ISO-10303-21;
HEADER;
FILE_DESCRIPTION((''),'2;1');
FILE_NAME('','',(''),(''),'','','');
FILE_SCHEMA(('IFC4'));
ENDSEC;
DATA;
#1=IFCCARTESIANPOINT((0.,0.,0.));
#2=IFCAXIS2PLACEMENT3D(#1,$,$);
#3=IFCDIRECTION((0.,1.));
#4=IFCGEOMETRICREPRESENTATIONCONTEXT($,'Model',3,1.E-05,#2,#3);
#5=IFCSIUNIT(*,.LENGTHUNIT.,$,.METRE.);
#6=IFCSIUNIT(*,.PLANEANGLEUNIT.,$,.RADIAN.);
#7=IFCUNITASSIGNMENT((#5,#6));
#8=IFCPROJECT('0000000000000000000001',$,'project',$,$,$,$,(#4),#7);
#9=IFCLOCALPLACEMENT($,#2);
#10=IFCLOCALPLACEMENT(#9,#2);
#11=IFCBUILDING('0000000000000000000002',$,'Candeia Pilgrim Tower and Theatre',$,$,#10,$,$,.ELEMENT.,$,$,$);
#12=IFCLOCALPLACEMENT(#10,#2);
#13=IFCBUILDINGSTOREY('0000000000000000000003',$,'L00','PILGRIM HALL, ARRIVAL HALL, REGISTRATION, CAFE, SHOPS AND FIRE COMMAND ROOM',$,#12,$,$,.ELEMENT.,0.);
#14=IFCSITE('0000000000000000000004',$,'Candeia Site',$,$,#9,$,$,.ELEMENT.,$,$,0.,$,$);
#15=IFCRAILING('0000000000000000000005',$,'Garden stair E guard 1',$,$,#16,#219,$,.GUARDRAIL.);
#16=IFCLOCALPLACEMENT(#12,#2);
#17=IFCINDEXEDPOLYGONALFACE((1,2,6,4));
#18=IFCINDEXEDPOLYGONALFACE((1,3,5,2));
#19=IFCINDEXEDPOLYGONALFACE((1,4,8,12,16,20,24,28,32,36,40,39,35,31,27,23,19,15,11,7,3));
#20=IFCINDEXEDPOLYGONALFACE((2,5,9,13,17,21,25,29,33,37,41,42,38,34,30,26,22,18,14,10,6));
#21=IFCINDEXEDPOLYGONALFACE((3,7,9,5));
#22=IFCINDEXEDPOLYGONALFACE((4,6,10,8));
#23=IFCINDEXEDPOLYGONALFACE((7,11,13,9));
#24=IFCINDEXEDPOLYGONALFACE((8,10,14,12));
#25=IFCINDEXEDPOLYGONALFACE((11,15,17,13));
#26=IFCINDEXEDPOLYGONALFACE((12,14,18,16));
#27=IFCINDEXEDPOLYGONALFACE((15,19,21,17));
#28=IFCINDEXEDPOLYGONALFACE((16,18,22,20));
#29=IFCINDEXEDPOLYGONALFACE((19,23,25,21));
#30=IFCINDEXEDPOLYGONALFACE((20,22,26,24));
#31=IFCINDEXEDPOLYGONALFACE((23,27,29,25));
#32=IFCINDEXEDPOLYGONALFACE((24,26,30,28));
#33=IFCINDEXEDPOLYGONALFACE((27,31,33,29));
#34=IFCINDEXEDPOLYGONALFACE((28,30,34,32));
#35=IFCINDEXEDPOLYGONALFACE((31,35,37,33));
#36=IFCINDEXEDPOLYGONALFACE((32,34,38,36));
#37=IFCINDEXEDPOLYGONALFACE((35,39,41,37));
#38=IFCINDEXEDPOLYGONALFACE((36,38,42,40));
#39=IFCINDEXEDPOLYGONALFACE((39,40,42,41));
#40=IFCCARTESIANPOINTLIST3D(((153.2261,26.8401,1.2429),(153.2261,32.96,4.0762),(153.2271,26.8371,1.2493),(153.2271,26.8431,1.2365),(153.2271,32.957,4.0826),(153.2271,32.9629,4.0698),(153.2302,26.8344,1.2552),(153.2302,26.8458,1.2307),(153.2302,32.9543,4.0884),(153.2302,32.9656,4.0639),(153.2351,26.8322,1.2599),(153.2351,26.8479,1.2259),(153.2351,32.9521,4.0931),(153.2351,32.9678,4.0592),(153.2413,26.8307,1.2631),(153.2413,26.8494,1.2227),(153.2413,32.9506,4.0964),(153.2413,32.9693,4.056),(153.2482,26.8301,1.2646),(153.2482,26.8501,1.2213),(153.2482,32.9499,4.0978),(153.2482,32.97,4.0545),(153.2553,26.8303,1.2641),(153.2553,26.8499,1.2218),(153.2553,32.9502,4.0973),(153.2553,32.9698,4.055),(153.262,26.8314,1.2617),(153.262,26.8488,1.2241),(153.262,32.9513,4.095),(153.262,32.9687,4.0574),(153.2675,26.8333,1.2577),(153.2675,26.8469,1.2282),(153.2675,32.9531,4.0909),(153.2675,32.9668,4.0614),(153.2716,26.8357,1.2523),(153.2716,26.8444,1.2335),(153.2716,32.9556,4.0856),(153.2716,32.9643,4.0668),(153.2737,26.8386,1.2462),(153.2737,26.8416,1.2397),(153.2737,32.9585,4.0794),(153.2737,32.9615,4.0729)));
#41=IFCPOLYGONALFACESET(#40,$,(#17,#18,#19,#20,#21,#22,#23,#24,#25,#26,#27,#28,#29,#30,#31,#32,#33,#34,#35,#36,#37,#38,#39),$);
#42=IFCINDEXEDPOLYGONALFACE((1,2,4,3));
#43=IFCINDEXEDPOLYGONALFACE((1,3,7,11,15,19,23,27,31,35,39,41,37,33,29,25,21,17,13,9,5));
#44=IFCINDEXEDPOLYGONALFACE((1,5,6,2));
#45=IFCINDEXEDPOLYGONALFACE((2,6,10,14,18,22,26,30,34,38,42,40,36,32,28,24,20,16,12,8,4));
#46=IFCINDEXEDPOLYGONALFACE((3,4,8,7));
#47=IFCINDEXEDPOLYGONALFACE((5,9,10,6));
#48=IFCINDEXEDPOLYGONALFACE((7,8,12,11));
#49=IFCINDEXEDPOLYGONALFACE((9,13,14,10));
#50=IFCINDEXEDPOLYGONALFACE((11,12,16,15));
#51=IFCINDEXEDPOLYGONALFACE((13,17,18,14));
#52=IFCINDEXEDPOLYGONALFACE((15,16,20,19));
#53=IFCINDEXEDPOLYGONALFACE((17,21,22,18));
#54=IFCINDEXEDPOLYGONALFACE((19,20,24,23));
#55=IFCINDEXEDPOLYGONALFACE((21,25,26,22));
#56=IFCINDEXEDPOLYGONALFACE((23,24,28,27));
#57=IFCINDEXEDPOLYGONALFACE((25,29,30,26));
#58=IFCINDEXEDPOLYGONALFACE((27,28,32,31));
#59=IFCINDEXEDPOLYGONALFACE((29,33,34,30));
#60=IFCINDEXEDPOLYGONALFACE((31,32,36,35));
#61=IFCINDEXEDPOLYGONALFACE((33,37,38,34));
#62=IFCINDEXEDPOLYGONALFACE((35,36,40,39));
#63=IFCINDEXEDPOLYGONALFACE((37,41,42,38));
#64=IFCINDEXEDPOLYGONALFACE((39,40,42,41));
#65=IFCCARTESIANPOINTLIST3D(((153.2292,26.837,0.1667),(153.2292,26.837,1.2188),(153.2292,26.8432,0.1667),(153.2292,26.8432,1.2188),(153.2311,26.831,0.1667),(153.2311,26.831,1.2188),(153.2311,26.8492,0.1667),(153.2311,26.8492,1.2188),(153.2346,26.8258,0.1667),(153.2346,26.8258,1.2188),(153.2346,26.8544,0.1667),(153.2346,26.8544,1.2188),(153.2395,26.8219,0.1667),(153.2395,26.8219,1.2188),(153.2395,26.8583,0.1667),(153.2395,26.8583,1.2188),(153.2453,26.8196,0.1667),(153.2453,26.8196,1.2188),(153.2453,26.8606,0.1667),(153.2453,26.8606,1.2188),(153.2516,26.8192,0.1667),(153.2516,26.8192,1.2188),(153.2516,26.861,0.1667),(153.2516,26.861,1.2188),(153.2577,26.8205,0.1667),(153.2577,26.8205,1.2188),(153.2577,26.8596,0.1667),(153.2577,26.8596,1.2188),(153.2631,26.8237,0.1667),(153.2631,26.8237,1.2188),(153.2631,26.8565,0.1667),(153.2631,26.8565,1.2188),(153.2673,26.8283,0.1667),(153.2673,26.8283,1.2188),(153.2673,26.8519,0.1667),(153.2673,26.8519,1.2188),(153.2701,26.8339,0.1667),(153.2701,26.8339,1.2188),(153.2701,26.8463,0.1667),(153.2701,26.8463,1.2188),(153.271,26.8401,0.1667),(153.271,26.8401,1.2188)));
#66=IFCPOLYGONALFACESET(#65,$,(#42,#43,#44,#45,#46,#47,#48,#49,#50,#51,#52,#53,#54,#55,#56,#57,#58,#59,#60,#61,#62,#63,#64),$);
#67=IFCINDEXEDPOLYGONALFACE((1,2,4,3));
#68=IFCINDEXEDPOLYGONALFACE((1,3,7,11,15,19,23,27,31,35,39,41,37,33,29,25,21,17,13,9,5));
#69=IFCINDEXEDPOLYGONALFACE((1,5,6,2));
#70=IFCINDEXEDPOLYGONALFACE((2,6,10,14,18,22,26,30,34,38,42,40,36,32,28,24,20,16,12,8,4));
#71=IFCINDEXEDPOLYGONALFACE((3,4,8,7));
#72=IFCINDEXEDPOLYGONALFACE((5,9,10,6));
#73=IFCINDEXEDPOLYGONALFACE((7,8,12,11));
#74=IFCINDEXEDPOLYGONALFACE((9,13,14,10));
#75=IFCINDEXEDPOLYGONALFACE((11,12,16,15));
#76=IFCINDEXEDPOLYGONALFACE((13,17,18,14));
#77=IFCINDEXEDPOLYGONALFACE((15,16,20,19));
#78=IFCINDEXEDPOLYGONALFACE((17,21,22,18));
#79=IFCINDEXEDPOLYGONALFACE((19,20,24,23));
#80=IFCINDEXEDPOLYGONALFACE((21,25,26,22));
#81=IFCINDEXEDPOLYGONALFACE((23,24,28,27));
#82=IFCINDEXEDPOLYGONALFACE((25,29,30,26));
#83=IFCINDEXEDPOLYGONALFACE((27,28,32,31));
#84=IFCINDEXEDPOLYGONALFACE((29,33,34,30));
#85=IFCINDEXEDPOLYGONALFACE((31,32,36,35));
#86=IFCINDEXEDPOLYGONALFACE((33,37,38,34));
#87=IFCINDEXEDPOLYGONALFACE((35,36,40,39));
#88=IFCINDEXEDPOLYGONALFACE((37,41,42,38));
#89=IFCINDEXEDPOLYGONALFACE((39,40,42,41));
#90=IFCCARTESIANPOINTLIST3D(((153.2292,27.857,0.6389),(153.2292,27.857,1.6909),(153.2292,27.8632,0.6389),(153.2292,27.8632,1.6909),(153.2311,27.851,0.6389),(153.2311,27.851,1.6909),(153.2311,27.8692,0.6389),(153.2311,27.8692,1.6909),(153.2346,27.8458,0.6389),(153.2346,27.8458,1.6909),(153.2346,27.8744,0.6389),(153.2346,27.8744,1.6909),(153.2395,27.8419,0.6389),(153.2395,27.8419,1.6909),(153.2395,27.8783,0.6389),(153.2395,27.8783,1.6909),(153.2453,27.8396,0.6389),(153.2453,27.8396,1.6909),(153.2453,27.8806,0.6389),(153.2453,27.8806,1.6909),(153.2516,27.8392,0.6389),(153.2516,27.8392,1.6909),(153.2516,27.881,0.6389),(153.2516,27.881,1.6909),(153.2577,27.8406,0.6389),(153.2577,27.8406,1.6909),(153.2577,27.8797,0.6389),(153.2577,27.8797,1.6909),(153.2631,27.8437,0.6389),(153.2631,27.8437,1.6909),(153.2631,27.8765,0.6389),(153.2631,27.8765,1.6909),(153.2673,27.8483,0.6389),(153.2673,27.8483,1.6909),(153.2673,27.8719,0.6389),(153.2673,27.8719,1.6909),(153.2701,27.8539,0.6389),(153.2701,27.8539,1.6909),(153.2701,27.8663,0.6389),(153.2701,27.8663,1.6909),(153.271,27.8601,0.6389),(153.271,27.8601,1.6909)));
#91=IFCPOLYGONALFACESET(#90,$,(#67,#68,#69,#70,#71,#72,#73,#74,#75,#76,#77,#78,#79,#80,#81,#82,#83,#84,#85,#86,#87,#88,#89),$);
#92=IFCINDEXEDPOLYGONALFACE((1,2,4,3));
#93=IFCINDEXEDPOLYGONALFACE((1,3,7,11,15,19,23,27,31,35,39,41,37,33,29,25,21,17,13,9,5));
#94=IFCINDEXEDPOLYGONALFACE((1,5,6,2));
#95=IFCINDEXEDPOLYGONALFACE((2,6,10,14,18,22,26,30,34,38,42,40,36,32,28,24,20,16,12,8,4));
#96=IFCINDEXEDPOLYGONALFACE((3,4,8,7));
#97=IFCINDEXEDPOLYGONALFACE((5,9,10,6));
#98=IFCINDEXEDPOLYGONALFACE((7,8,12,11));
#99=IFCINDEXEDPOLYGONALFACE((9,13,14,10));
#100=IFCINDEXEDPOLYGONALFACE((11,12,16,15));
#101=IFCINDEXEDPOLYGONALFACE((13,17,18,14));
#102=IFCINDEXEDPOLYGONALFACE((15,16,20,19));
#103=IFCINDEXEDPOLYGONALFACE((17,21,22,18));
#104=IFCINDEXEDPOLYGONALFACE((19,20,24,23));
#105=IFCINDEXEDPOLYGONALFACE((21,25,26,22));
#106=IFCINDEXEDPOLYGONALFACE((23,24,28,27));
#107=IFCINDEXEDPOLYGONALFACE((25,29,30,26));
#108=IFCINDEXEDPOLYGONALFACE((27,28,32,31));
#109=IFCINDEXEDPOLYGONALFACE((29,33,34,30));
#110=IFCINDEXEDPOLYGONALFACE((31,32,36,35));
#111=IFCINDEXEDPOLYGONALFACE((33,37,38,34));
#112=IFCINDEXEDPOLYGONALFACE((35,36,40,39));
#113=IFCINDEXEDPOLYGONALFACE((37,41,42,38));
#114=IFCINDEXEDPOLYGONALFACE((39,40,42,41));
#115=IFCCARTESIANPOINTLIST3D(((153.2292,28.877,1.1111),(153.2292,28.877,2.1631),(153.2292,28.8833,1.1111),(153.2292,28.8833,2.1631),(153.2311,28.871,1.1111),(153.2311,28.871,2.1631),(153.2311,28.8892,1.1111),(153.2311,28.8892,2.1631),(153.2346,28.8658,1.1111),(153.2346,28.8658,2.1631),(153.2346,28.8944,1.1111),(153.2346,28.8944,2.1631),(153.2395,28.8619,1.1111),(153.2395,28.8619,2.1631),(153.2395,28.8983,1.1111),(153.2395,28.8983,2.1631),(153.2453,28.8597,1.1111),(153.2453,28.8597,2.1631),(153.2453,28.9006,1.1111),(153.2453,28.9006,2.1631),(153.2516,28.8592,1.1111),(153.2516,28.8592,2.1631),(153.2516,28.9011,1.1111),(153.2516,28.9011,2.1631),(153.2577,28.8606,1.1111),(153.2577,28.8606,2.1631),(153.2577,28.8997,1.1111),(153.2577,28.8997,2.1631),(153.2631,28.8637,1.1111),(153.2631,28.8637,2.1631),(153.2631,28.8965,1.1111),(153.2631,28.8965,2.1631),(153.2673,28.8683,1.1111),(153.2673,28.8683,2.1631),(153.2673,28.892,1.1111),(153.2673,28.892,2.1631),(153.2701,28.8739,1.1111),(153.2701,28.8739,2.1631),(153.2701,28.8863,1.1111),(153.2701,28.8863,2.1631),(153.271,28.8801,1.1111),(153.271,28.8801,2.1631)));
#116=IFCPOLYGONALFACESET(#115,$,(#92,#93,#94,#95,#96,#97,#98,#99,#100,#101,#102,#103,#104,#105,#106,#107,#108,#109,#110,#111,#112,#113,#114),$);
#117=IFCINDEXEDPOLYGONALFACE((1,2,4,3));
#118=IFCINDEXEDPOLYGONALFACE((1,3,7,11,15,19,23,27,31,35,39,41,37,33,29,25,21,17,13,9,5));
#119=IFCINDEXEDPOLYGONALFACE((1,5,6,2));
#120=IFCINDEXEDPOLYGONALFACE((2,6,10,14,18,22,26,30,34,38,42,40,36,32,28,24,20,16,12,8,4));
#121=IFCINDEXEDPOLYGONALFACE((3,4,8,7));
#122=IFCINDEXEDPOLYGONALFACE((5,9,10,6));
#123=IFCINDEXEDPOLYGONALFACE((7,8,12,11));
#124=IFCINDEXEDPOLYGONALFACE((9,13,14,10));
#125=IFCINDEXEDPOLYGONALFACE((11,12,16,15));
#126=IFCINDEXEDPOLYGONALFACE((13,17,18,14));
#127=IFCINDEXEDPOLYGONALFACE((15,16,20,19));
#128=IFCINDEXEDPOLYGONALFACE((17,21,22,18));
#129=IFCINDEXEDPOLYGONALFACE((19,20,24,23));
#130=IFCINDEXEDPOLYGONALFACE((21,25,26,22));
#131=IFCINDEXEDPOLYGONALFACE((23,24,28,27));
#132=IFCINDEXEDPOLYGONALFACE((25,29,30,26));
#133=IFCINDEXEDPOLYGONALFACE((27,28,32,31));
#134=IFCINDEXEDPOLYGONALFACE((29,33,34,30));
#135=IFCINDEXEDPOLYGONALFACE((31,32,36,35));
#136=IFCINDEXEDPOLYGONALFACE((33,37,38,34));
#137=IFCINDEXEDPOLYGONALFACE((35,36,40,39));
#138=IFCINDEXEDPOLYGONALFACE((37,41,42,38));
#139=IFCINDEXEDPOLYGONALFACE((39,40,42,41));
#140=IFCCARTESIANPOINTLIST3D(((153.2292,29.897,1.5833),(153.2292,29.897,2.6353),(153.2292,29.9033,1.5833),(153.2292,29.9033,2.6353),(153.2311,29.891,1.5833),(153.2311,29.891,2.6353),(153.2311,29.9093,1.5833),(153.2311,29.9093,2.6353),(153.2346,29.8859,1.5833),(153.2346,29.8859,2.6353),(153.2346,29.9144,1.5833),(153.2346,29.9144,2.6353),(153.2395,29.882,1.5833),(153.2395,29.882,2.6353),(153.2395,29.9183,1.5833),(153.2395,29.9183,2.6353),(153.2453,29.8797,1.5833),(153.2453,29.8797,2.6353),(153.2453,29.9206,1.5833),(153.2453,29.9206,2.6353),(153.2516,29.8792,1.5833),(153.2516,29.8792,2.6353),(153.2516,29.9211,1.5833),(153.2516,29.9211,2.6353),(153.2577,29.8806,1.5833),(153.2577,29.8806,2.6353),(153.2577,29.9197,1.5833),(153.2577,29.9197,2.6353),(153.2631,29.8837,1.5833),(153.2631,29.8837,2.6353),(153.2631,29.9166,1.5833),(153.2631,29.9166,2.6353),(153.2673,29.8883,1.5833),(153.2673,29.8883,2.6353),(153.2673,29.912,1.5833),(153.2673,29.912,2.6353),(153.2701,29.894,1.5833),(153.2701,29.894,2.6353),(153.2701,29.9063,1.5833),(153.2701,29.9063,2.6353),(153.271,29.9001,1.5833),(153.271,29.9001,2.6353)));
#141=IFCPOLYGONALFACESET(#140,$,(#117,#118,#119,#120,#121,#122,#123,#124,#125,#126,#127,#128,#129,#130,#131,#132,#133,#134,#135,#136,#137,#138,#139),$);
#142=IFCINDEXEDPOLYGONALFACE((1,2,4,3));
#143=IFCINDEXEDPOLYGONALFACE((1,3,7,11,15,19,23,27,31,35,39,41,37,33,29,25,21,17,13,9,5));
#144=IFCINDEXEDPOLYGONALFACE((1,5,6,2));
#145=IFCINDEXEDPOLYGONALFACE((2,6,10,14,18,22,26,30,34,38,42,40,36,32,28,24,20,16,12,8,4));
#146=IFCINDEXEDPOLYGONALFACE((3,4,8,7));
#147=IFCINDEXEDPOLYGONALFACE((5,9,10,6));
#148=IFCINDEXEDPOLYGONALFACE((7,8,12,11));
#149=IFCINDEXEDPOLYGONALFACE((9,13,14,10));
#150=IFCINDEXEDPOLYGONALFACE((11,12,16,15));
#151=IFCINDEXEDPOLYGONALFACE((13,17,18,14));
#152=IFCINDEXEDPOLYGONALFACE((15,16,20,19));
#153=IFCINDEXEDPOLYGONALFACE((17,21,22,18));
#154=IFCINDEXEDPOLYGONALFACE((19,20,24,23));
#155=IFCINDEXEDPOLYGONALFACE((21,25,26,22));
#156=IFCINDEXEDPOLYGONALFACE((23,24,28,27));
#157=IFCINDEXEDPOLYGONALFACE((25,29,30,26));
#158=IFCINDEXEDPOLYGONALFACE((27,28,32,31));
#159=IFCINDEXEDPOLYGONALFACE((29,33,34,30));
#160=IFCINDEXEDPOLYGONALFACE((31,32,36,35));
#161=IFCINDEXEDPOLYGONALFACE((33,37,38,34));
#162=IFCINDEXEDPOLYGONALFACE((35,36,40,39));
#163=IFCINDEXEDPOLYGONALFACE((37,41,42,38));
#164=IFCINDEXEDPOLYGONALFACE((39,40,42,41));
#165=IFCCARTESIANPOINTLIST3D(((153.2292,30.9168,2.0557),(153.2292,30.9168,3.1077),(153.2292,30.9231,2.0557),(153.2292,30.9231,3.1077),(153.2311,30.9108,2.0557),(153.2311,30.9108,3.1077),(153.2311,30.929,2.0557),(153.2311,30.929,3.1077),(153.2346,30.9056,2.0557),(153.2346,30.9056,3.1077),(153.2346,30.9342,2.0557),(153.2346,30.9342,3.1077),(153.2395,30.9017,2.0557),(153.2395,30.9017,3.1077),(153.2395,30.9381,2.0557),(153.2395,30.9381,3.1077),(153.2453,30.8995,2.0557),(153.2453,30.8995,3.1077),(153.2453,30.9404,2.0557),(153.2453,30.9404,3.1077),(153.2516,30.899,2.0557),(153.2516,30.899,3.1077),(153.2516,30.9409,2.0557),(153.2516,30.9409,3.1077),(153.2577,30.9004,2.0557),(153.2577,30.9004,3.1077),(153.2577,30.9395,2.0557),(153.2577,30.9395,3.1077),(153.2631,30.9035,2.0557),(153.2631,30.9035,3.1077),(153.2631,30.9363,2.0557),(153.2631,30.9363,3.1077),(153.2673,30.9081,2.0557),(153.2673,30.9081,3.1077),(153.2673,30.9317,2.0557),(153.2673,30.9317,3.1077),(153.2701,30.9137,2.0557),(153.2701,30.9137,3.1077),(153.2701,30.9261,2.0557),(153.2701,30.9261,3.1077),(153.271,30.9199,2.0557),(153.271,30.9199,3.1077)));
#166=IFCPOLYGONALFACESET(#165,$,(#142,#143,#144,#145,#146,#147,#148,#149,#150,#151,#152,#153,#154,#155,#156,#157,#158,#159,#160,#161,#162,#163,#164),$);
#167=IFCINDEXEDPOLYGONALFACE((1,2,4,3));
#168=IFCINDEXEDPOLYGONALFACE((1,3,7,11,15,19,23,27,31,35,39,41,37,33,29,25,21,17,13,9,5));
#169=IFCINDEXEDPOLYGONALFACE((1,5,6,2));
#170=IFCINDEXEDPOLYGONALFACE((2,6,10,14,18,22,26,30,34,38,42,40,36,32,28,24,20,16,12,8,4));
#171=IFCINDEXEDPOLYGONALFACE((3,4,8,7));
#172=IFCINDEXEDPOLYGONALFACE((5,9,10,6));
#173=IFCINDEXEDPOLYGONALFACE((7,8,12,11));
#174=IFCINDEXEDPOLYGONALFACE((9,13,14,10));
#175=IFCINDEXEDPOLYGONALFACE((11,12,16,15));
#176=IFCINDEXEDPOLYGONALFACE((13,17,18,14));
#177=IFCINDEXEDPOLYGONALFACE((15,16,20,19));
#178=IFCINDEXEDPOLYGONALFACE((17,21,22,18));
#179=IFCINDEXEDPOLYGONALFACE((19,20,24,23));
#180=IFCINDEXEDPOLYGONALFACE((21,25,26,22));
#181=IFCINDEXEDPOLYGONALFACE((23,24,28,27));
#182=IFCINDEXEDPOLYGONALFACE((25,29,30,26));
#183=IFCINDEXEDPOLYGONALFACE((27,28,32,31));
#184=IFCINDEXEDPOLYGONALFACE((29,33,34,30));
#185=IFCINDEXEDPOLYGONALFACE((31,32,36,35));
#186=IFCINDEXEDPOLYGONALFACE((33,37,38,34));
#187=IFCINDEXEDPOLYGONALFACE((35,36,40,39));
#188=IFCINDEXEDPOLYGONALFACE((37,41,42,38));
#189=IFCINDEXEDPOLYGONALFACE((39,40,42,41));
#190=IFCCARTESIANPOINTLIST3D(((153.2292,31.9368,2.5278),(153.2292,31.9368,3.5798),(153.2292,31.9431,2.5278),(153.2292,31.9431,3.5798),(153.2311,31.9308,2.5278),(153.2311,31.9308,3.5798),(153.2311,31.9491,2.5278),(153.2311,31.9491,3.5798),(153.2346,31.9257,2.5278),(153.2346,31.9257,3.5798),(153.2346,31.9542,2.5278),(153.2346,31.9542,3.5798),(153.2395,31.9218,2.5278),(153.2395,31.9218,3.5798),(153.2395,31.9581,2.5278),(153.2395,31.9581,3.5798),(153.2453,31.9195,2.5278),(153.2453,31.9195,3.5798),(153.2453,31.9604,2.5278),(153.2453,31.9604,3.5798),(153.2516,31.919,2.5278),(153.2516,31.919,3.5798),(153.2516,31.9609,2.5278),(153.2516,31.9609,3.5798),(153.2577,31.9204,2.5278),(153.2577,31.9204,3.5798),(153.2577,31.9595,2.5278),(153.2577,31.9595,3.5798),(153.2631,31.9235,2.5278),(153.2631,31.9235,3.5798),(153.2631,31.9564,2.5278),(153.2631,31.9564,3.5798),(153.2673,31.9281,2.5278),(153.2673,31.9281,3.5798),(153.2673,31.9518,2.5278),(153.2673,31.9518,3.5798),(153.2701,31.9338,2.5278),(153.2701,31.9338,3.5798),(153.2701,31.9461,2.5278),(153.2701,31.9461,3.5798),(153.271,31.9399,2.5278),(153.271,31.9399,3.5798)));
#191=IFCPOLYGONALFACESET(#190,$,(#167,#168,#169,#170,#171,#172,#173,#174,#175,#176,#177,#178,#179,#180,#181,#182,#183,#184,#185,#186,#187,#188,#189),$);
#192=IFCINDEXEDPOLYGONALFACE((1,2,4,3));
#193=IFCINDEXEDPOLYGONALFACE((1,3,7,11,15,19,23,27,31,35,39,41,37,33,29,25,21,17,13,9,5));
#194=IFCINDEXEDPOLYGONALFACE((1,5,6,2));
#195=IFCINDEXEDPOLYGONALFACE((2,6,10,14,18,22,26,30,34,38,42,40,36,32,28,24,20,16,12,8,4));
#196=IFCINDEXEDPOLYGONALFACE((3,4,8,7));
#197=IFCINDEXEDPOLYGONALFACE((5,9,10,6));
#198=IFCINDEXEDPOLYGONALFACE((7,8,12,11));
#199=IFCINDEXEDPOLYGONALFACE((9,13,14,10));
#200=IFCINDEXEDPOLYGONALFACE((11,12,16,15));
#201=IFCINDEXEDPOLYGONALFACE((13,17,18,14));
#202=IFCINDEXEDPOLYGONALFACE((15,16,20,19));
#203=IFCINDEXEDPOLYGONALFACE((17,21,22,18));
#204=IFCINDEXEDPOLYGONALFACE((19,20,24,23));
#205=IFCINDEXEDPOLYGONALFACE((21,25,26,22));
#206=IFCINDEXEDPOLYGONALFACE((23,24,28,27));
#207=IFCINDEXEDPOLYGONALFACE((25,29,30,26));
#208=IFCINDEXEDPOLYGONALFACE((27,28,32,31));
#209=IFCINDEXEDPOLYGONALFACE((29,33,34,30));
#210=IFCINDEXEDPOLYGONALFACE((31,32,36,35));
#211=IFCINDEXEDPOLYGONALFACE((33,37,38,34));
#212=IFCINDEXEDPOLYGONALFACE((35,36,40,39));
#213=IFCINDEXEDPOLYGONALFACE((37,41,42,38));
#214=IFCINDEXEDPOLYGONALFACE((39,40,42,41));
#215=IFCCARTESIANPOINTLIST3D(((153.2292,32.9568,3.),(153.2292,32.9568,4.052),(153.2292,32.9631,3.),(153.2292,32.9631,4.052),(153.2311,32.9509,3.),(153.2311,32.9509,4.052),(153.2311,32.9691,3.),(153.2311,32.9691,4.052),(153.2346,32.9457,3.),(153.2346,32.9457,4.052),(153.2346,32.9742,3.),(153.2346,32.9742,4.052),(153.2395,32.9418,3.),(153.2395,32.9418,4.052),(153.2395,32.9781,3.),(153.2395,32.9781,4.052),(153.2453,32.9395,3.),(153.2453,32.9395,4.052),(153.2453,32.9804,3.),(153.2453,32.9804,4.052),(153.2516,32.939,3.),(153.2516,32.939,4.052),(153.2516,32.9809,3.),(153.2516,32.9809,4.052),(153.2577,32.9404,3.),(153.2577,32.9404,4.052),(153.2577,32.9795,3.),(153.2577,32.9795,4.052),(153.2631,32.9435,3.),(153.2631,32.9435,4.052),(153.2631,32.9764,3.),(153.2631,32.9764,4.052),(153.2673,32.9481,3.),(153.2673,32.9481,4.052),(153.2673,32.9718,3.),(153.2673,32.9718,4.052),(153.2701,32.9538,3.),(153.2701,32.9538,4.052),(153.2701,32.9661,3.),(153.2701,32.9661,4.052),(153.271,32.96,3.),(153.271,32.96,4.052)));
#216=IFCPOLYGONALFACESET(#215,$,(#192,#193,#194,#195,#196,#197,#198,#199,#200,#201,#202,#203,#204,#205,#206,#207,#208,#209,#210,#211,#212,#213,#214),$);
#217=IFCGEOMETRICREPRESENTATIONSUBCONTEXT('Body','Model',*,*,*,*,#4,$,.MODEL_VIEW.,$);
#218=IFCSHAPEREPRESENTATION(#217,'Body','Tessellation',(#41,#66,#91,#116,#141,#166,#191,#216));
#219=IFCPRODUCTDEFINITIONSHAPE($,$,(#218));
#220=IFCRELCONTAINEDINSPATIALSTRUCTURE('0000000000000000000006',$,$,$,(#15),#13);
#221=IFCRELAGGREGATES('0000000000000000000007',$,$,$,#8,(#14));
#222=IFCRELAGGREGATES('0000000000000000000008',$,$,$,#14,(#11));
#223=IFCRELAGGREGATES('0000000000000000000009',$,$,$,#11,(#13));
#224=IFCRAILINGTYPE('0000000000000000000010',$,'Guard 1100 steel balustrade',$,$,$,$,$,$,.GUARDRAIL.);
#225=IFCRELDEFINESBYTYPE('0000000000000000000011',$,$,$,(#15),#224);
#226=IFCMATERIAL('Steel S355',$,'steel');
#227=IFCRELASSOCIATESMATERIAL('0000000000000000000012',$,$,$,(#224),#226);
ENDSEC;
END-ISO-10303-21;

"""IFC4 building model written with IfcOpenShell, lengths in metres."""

from ifc_helpers import new_model, si_unit, direction, frame, origin, origin_2d, place, context, subcontext, project, spatial, circle, extrude, material, type_object, element, save


model = new_model("IFC4")

# Units and contexts
model_context = context("Model", 3, precision=1e-05, world=origin(), true_north=direction((0.0, 1.0)))
body_context = subcontext(model_context, "Body", "Model", "MODEL_VIEW")
ifc_project = project(units=[si_unit("LENGTHUNIT", "METRE"), si_unit("PLANEANGLEUNIT", "RADIAN")], contexts=[model_context])

# Site, building, storey
site_placement = place(None, origin())
site = spatial("IfcSite", under=ifc_project, at=site_placement, Name="Candeia Site", CompositionType="ELEMENT", RefElevation=0.0)
building_placement = place(site_placement, origin())
building = spatial("IfcBuilding", under=site, at=building_placement, Name="Candeia Pilgrim Tower and Theatre", CompositionType="ELEMENT")
storey_placement = place(building_placement, origin())
storey = spatial("IfcBuildingStorey", under=building, at=storey_placement, Name="L00", Description="PILGRIM HALL, ARRIVAL HALL, REGISTRATION, CAFE, SHOPS AND FIRE COMMAND ROOM", CompositionType="ELEMENT", Elevation=0.0)

# Railing
ifc_material_1 = material(Name="Steel S355", Category="steel")
railing_type_1 = type_object("IfcRailingType", Name="Guard 1100 steel balustrade", PredefinedType="GUARDRAIL", material=ifc_material_1)
for number, where, name in (
    (1, (153.25, 26.8401, 0.1667), "Garden stair E guard 1"),
):
    element("IfcRailing", number, at=place(storey_placement, frame(where)), inside=storey, type_object=railing_type_1, Name=name, PredefinedType="GUARDRAIL", context=body_context, shape_type="SweptSolid", body=[
        extrude(circle(Radius=0.0239, at=origin_2d()), frame((0.0, 0.0, 1.0762), z_axis=(0.0, 0.907468, 0.420121), x_axis=(-1.0, 0.0, 0.0)), (0.0, 0.0, 1.0), 6.7439),
        extrude(circle(Radius=0.021, at=origin_2d()), origin(), (0.0, 0.0, 1.0), 1.052),
        extrude(circle(Radius=0.021, at=origin_2d()), frame((0.0, 1.02, 0.4722)), (0.0, 0.0, 1.0), 1.052),
        extrude(circle(Radius=0.021, at=origin_2d()), frame((0.0, 2.04, 0.9443)), (0.0, 0.0, 1.0), 1.052),
        extrude(circle(Radius=0.021, at=origin_2d()), frame((0.0, 3.0601, 1.4165)), (0.0, 0.0, 1.0), 1.052),
        extrude(circle(Radius=0.021, at=origin_2d()), frame((0.0, 4.0798, 1.8889)), (0.0, 0.0, 1.0), 1.052),
        extrude(circle(Radius=0.021, at=origin_2d()), frame((0.0, 5.0999, 2.3611)), (0.0, 0.0, 1.0), 1.052),
        extrude(circle(Radius=0.021, at=origin_2d()), frame((0.0, 6.1199, 2.8333)), (0.0, 0.0, 1.0), 1.052),
    ])

save(model, "model.ifc")
